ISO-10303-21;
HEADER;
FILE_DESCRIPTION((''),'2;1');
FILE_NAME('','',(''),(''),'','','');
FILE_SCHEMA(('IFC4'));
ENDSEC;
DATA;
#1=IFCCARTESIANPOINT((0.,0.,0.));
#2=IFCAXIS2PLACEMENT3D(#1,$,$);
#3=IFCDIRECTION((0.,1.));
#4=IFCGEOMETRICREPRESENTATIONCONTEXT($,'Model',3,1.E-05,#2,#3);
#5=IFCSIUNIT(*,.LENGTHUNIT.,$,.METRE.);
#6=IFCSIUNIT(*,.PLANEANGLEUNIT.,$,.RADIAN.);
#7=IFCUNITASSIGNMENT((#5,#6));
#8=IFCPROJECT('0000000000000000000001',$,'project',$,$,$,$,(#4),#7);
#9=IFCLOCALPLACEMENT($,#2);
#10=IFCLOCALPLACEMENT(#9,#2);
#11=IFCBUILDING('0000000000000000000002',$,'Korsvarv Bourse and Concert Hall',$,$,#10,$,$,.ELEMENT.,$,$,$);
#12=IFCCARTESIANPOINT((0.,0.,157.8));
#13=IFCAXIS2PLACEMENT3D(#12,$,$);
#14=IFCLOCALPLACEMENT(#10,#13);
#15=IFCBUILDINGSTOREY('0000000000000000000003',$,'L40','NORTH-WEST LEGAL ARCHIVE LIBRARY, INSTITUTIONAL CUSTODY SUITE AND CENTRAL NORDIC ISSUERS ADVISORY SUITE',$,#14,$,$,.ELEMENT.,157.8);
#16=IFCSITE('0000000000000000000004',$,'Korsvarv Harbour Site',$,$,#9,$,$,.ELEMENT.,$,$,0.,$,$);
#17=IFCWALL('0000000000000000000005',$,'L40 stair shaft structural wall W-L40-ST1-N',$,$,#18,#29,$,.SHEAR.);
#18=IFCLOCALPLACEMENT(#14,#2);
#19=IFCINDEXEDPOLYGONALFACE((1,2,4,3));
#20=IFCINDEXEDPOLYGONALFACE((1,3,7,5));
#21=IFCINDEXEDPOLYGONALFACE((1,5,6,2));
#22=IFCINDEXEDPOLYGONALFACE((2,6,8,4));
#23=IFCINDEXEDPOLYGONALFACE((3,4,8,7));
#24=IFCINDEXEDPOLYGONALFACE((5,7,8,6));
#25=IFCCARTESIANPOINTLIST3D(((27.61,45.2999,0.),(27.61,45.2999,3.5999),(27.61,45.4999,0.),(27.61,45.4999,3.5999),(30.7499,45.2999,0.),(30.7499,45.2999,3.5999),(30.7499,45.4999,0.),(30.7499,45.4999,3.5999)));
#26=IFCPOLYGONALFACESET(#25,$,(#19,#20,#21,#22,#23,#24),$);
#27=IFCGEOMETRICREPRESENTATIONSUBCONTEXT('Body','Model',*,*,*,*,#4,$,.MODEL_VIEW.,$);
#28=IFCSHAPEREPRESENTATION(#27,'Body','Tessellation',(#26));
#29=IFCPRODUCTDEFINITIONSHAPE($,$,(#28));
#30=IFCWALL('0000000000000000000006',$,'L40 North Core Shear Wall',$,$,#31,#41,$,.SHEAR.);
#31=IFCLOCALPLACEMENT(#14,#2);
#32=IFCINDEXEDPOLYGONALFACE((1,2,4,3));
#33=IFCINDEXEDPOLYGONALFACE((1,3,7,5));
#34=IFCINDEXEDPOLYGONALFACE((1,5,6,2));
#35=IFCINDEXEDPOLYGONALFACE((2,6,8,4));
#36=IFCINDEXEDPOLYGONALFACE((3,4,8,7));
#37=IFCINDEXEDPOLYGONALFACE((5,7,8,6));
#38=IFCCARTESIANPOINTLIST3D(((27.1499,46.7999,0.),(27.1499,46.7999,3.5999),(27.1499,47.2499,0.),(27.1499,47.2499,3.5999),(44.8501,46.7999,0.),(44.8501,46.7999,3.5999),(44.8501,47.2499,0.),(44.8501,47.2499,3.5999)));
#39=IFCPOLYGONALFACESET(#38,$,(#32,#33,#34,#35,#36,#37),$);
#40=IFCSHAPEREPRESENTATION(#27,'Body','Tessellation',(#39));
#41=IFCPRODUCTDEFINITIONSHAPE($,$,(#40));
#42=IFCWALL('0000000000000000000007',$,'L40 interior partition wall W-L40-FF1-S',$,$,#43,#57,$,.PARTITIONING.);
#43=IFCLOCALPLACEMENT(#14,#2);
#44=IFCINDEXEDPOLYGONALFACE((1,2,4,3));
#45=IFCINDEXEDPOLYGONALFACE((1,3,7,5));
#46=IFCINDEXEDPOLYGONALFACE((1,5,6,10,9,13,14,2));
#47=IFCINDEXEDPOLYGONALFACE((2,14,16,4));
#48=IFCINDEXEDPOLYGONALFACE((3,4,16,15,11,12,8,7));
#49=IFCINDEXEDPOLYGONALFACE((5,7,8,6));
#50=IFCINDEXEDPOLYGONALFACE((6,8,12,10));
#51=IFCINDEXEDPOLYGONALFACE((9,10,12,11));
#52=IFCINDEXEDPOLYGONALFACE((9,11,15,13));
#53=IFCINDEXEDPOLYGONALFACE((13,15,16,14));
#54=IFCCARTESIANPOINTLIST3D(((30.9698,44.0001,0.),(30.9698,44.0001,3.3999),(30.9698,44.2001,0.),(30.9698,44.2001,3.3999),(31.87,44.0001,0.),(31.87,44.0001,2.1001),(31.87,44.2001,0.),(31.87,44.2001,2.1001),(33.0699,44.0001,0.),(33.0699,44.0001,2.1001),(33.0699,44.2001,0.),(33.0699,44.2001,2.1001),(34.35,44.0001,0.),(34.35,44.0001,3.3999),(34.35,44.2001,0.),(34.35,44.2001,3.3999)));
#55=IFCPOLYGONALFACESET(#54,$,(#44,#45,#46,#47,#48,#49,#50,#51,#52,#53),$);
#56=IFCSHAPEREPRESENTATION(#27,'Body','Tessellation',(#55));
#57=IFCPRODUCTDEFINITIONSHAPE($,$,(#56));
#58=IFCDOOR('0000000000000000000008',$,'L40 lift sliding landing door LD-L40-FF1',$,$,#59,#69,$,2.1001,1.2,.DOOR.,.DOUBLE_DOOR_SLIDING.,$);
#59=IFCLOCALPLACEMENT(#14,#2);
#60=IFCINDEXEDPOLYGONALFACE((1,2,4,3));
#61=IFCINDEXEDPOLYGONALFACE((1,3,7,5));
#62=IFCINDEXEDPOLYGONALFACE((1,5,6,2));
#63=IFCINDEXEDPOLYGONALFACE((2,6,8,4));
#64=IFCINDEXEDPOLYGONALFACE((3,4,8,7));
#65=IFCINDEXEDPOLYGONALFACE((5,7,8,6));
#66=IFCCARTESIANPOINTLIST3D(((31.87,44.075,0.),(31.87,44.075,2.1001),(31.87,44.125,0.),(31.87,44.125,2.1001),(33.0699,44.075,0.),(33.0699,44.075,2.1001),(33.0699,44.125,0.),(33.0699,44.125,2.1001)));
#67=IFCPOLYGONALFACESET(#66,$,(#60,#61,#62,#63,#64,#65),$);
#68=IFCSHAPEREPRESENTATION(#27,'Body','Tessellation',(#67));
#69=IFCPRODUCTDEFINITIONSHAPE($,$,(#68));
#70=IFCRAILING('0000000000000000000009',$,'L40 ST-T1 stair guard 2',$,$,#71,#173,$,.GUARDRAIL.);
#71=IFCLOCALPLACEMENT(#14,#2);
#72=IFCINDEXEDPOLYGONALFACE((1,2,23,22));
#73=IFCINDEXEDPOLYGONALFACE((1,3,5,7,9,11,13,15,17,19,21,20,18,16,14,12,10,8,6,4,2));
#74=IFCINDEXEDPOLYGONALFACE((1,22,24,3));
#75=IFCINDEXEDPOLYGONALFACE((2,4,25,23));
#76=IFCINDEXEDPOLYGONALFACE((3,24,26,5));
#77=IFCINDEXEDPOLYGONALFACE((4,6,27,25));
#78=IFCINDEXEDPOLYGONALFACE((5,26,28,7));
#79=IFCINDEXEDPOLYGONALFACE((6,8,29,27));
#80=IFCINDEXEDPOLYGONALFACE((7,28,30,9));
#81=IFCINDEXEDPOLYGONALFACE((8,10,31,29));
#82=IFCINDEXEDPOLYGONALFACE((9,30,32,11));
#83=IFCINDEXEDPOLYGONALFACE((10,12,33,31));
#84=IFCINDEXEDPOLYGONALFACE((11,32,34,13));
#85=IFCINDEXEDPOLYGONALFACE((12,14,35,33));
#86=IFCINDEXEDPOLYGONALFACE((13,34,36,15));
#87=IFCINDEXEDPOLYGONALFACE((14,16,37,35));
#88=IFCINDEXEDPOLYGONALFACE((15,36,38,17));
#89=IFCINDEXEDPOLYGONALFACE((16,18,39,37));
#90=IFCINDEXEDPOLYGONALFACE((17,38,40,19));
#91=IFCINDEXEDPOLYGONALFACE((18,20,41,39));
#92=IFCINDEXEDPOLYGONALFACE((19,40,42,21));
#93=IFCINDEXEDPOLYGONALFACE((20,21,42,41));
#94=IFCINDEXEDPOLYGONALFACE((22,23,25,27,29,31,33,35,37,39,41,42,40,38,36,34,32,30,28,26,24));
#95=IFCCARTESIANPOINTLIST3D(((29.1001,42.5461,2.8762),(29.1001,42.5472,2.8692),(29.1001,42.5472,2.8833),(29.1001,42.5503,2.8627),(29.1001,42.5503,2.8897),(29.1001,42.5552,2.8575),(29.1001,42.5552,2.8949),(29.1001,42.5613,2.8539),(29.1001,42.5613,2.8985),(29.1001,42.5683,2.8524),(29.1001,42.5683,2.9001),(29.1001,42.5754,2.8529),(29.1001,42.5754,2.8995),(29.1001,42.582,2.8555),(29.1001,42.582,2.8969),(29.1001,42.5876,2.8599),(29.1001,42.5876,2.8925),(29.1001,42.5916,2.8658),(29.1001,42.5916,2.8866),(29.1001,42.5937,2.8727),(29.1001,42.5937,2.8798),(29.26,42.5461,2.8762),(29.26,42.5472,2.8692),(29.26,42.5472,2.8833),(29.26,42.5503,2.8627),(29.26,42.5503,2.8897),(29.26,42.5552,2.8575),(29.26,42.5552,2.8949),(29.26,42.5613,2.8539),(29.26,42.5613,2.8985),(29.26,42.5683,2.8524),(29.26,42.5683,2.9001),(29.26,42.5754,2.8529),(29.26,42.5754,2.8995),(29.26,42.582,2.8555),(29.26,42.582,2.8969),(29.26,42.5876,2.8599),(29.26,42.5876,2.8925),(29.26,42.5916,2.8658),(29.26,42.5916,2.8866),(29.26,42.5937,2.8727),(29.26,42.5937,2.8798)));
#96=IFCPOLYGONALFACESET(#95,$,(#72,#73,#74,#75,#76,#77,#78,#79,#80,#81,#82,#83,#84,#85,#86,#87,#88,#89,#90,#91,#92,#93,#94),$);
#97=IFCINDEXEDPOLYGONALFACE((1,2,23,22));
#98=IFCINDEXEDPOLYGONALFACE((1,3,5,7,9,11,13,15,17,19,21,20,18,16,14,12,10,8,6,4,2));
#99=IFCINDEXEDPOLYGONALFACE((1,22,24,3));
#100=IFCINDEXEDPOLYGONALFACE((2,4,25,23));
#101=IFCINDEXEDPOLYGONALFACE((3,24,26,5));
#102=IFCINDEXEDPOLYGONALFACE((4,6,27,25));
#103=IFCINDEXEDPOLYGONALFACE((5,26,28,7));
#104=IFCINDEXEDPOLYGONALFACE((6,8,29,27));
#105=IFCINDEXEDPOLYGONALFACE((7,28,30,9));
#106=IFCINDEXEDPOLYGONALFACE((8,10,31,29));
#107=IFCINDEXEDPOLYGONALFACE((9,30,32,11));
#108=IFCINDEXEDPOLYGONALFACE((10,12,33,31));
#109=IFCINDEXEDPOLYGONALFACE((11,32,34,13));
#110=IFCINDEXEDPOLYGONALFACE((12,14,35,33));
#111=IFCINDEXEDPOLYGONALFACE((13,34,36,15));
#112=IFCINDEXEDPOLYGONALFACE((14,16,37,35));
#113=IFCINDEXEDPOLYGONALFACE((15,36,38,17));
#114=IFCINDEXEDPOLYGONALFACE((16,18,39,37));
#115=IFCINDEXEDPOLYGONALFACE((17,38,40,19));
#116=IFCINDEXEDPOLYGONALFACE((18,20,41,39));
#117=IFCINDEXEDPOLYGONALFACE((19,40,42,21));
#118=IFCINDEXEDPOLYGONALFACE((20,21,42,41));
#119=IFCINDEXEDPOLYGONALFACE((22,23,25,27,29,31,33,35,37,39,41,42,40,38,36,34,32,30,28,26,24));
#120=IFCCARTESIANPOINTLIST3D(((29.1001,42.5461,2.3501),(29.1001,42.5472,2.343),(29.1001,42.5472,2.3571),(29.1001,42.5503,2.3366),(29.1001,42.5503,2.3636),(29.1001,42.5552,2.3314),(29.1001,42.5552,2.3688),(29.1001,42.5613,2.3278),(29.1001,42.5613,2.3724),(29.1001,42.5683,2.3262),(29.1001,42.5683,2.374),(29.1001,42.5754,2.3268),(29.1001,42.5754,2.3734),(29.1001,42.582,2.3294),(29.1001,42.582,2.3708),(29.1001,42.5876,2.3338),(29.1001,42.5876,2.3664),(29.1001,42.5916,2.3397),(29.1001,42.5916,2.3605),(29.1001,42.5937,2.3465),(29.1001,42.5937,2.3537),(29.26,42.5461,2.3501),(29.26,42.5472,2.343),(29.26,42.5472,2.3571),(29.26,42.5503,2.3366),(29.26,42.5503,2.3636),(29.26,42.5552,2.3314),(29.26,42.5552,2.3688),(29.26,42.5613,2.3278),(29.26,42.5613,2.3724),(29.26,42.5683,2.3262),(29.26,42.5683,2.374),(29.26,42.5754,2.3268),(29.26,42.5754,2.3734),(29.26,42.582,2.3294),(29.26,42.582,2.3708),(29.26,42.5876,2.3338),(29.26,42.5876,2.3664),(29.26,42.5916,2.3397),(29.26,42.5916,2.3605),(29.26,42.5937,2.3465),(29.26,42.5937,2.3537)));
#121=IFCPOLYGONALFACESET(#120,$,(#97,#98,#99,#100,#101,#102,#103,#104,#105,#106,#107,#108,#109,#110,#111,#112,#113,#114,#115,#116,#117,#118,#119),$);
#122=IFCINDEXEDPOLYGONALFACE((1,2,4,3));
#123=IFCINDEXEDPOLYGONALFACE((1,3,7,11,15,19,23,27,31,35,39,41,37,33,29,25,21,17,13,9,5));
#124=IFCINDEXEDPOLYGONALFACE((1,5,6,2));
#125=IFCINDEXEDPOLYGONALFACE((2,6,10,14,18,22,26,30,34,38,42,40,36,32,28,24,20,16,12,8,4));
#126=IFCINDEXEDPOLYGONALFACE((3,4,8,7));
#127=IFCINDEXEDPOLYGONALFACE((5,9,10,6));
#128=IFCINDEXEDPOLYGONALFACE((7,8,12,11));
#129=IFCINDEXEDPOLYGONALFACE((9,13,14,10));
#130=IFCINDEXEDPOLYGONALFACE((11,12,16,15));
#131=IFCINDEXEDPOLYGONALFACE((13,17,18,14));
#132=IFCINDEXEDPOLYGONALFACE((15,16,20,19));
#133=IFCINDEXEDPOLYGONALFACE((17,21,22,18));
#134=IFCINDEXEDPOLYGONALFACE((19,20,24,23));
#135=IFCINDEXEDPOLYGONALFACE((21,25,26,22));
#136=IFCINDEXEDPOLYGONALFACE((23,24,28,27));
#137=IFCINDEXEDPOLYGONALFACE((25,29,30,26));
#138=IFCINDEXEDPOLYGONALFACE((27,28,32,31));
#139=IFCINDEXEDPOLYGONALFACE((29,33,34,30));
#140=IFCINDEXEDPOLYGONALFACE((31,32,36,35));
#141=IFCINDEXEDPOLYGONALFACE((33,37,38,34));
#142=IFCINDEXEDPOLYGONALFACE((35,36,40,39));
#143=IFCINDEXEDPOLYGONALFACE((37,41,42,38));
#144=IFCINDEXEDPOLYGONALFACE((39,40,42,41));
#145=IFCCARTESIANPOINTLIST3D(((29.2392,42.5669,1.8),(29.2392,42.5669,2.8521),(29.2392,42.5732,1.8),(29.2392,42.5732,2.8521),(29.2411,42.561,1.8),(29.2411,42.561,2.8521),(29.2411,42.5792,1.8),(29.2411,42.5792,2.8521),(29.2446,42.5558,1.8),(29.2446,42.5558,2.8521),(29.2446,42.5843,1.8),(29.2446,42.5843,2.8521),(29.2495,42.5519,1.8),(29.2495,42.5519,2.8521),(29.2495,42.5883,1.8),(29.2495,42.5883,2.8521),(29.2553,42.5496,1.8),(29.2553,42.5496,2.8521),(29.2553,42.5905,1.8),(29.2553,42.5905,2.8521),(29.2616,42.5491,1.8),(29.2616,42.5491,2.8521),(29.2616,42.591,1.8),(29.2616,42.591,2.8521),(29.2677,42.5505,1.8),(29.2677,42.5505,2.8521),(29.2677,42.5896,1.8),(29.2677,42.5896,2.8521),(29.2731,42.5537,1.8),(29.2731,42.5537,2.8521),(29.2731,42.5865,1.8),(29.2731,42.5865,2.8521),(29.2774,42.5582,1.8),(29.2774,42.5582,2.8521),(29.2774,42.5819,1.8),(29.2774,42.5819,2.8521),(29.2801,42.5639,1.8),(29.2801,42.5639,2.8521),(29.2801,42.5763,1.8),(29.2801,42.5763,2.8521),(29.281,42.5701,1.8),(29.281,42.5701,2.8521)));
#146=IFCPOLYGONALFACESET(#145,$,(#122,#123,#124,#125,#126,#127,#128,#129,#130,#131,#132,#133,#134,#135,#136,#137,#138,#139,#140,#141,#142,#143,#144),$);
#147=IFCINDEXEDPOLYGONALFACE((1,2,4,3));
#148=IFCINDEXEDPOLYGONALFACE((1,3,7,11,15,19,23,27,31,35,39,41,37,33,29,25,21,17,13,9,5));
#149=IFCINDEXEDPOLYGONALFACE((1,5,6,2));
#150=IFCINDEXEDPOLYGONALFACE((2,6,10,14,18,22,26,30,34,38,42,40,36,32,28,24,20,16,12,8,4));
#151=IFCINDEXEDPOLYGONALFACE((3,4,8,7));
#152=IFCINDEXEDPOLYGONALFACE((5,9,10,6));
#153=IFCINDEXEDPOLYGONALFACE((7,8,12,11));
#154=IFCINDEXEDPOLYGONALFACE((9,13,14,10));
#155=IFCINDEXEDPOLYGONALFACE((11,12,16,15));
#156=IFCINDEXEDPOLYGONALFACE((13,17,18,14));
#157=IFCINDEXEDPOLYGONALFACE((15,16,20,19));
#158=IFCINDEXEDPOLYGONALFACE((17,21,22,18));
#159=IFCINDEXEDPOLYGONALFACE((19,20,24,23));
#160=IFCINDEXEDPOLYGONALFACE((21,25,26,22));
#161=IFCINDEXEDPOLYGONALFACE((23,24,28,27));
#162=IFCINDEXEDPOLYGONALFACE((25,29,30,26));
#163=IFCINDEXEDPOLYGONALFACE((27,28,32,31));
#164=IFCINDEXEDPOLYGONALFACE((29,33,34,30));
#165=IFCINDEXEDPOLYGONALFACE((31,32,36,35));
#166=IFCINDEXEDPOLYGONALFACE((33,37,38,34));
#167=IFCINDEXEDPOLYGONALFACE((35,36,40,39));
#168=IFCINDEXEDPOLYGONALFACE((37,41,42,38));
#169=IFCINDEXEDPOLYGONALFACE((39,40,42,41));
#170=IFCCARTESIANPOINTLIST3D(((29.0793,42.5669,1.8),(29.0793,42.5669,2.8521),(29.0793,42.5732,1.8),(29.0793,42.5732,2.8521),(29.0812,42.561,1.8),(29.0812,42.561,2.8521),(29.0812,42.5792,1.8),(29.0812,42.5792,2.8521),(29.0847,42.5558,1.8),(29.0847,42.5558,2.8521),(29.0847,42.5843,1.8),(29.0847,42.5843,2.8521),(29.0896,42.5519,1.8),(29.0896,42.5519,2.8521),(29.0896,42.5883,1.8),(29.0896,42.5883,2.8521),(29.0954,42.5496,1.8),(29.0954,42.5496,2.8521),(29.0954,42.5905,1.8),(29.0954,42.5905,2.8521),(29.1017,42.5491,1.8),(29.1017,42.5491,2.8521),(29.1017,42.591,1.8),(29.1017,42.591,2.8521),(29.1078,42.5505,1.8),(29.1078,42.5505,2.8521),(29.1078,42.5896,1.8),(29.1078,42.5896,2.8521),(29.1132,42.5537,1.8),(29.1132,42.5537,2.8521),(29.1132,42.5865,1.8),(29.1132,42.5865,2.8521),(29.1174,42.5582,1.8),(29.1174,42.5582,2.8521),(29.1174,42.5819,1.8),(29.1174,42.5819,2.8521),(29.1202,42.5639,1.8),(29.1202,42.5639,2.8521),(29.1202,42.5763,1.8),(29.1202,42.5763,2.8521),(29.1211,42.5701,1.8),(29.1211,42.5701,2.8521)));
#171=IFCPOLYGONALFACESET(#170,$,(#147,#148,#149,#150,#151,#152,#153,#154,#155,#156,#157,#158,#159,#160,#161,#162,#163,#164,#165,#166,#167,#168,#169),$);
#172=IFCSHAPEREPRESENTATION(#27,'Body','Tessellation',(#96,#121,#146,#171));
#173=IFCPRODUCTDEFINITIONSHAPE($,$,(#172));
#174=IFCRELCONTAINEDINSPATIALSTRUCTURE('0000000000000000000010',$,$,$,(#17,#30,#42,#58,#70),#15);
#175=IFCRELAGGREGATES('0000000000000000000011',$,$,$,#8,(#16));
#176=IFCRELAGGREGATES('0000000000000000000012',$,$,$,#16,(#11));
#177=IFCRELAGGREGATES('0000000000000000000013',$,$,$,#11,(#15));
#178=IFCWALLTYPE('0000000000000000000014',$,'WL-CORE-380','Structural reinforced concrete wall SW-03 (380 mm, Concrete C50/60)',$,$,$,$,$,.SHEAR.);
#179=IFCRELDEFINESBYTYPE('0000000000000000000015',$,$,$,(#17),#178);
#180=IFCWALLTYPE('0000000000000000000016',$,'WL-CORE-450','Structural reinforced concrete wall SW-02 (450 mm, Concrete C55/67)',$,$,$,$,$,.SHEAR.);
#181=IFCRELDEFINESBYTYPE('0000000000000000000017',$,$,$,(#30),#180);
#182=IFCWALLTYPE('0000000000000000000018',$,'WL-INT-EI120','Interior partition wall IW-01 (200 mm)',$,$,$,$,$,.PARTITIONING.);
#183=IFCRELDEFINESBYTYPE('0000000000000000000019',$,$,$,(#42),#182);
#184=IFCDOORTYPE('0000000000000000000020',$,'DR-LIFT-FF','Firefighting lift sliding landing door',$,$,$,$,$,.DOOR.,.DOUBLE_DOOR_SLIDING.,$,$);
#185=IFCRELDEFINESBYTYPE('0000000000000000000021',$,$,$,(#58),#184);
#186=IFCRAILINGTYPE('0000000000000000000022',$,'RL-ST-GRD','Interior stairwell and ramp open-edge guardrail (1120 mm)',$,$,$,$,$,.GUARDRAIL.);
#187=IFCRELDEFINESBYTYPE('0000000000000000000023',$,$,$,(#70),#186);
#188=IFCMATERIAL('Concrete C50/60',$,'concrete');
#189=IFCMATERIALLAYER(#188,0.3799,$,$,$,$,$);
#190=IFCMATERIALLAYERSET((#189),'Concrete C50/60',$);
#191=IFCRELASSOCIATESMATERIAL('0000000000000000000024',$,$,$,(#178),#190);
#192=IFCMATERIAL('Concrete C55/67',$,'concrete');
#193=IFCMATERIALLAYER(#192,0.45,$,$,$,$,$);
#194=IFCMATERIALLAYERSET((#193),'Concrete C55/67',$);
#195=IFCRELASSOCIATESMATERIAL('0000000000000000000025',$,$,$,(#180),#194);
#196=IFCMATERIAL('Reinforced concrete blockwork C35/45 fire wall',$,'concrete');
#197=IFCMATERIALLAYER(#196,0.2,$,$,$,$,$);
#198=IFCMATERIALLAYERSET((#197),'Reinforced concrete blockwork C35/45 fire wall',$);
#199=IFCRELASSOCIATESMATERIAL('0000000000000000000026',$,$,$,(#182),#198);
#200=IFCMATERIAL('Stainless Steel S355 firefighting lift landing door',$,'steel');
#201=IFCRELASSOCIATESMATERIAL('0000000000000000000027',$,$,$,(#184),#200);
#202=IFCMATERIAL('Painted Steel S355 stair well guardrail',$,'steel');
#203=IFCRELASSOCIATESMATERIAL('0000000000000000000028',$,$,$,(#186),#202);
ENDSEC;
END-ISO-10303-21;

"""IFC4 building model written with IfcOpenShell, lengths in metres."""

from ifc_helpers import new_model, si_unit, direction, frame, frame_2d, origin, origin_2d, place, context, subcontext, project, spatial, rectangle, circle, extrude, material, layer, layer_set, type_object, element, fill, save


model = new_model("IFC4")

# Units and contexts
model_context = context("Model", 3, precision=1e-05, world=origin(), true_north=direction((0.0, 1.0)))
body_context = subcontext(model_context, "Body", "Model", "MODEL_VIEW")
ifc_project = project(units=[si_unit("LENGTHUNIT", "METRE"), si_unit("PLANEANGLEUNIT", "RADIAN")], contexts=[model_context])

# Site, building, storey
site_placement = place(None, origin())
site = spatial("IfcSite", under=ifc_project, at=site_placement, Name="Korsvarv Harbour Site", CompositionType="ELEMENT", RefElevation=0.0)
building_placement = place(site_placement, origin())
building = spatial("IfcBuilding", under=site, at=building_placement, Name="Korsvarv Bourse and Concert Hall", CompositionType="ELEMENT")
storey_placement = place(building_placement, frame((0.0, 0.0, 157.8)))
storey = spatial("IfcBuildingStorey", under=building, at=storey_placement, Name="L40", Description="NORTH-WEST LEGAL ARCHIVE LIBRARY, INSTITUTIONAL CUSTODY SUITE AND CENTRAL NORDIC ISSUERS ADVISORY SUITE", CompositionType="ELEMENT", Elevation=157.8)

# Walls
ifc_material_1 = material(Name="Concrete C50/60", Category="concrete")
ifc_layer_1 = layer(ifc_material_1, 0.3799)
ifc_layer_set_1 = layer_set([ifc_layer_1], Name="Concrete C50/60")
wall_type_1 = type_object("IfcWallType", Name="WL-CORE-380", Description="Structural reinforced concrete wall SW-03 (380 mm, Concrete C50/60)", PredefinedType="SHEAR", material=ifc_layer_set_1)
wall_1_placement = place(storey_placement, frame((27.6101, 45.3999, 0.0), z_axis=(0.0, 0.0, 1.0), x_axis=(1.0, 0.0, 0.0)))
element("IfcWall", 1, at=wall_1_placement, inside=storey, type_object=wall_type_1, Name="L40 stair shaft structural wall W-L40-ST1-N", PredefinedType="SHEAR", context=body_context, shape_type="SweptSolid", body=[
    extrude(rectangle(XDim=3.1399, YDim=0.2, at=frame_2d((1.5698, 0.0))), origin(), (0.0, 0.0, 1.0), 3.5999),
])
ifc_material_2 = material(Name="Concrete C55/67", Category="concrete")
ifc_layer_2 = layer(ifc_material_2, 0.45)
ifc_layer_set_2 = layer_set([ifc_layer_2], Name="Concrete C55/67")
wall_type_2 = type_object("IfcWallType", Name="WL-CORE-450", Description="Structural reinforced concrete wall SW-02 (450 mm, Concrete C55/67)", PredefinedType="SHEAR", material=ifc_layer_set_2)
wall_2_placement = place(storey_placement, frame((27.1499, 47.0249, 0.0), z_axis=(0.0, 0.0, 1.0), x_axis=(1.0, 0.0, 0.0)))
element("IfcWall", 2, at=wall_2_placement, inside=storey, type_object=wall_type_2, Name="L40 North Core Shear Wall", PredefinedType="SHEAR", context=body_context, shape_type="SweptSolid", body=[
    extrude(rectangle(XDim=17.7002, YDim=0.45, at=frame_2d((8.8501, 0.0))), origin(), (0.0, 0.0, 1.0), 3.5999),
])

# Wall, opening, door
ifc_material_3 = material(Name="Reinforced concrete blockwork C35/45 fire wall", Category="concrete")
ifc_layer_3 = layer(ifc_material_3, 0.2)
ifc_layer_set_3 = layer_set([ifc_layer_3], Name="Reinforced concrete blockwork C35/45 fire wall")
wall_type_3 = type_object("IfcWallType", Name="WL-INT-EI120", Description="Interior partition wall IW-01 (200 mm)", PredefinedType="PARTITIONING", material=ifc_layer_set_3)
wall_3_placement = place(storey_placement, frame((30.97, 44.1001, 0.0), z_axis=(0.0, 0.0, 1.0), x_axis=(1.0, 0.0, 0.0)))
wall_3 = element("IfcWall", 3, at=wall_3_placement, inside=storey, type_object=wall_type_3, Name="L40 interior partition wall W-L40-FF1-S", PredefinedType="PARTITIONING", context=body_context, shape_type="SweptSolid", body=[
    extrude(rectangle(XDim=3.3801, YDim=0.2, at=frame_2d((1.6899, 0.0))), origin(), (0.0, 0.0, 1.0), 3.3999),
])
opening_placement = place(wall_3_placement, frame((0.8999, 0.0, 0.0)))
opening = element("IfcOpeningElement", 4, at=opening_placement, cuts=wall_3, PredefinedType="OPENING", context=body_context, shape_type="SweptSolid", body=[
    extrude(rectangle(XDim=1.2, YDim=2.1001, at=frame_2d((0.6001, 1.05))), frame((0.0, 0.1099, 0.0), z_axis=(0.0, -1.0, 0.0), x_axis=(1.0, 0.0, 0.0)), (0.0, 0.0, 1.0), 0.22),
])
ifc_material_4 = material(Name="Stainless Steel S355 firefighting lift landing door", Category="steel")
door_type = type_object("IfcDoorType", Name="DR-LIFT-FF", Description="Firefighting lift sliding landing door", OperationType="DOUBLE_DOOR_SLIDING", PredefinedType="DOOR", material=ifc_material_4)
door_placement = place(opening_placement, origin())
door = element("IfcDoor", 5, at=door_placement, inside=storey, type_object=door_type, Name="L40 lift sliding landing door LD-L40-FF1", OperationType="DOUBLE_DOOR_SLIDING", OverallHeight=2.1001, OverallWidth=1.2, PredefinedType="DOOR", context=body_context, shape_type="SweptSolid", body=[
    extrude(rectangle(XDim=1.2, YDim=2.1001, at=frame_2d((0.6001, 1.05))), frame((0.0, 0.0249, 0.0), z_axis=(0.0, -1.0, 0.0), x_axis=(1.0, 0.0, 0.0)), (0.0, 0.0, 1.0), 0.05),
])
fill(opening, door)

# Railing
ifc_material_5 = material(Name="Painted Steel S355 stair well guardrail", Category="steel")
railing_type = type_object("IfcRailingType", Name="RL-ST-GRD", Description="Interior stairwell and ramp open-edge guardrail (1120 mm)", PredefinedType="GUARDRAIL", material=ifc_material_5)
railing_1_placement = place(storey_placement, frame((29.26, 42.5701, 1.8)))
element("IfcRailing", 6, at=railing_1_placement, inside=storey, type_object=railing_type, Name="L40 ST-T1 stair guard 2", PredefinedType="GUARDRAIL", context=body_context, shape_type="SweptSolid", body=[
    extrude(circle(Radius=0.0239, at=origin_2d()), frame((0.0, 0.0, 1.0762), z_axis=(-1.0, 0.0, 0.0), x_axis=(0.0, -1.0, 0.0)), (0.0, 0.0, 1.0), 0.1599),
    extrude(circle(Radius=0.0239, at=origin_2d()), frame((0.0, 0.0, 0.55), z_axis=(-1.0, 0.0, 0.0), x_axis=(0.0, -1.0, 0.0)), (0.0, 0.0, 1.0), 0.1599),
    extrude(circle(Radius=0.021, at=origin_2d()), origin(), (0.0, 0.0, 1.0), 1.052),
    extrude(circle(Radius=0.021, at=origin_2d()), frame((-0.1599, 0.0, 0.0)), (0.0, 0.0, 1.0), 1.052),
])

save(model, "model.ifc")
